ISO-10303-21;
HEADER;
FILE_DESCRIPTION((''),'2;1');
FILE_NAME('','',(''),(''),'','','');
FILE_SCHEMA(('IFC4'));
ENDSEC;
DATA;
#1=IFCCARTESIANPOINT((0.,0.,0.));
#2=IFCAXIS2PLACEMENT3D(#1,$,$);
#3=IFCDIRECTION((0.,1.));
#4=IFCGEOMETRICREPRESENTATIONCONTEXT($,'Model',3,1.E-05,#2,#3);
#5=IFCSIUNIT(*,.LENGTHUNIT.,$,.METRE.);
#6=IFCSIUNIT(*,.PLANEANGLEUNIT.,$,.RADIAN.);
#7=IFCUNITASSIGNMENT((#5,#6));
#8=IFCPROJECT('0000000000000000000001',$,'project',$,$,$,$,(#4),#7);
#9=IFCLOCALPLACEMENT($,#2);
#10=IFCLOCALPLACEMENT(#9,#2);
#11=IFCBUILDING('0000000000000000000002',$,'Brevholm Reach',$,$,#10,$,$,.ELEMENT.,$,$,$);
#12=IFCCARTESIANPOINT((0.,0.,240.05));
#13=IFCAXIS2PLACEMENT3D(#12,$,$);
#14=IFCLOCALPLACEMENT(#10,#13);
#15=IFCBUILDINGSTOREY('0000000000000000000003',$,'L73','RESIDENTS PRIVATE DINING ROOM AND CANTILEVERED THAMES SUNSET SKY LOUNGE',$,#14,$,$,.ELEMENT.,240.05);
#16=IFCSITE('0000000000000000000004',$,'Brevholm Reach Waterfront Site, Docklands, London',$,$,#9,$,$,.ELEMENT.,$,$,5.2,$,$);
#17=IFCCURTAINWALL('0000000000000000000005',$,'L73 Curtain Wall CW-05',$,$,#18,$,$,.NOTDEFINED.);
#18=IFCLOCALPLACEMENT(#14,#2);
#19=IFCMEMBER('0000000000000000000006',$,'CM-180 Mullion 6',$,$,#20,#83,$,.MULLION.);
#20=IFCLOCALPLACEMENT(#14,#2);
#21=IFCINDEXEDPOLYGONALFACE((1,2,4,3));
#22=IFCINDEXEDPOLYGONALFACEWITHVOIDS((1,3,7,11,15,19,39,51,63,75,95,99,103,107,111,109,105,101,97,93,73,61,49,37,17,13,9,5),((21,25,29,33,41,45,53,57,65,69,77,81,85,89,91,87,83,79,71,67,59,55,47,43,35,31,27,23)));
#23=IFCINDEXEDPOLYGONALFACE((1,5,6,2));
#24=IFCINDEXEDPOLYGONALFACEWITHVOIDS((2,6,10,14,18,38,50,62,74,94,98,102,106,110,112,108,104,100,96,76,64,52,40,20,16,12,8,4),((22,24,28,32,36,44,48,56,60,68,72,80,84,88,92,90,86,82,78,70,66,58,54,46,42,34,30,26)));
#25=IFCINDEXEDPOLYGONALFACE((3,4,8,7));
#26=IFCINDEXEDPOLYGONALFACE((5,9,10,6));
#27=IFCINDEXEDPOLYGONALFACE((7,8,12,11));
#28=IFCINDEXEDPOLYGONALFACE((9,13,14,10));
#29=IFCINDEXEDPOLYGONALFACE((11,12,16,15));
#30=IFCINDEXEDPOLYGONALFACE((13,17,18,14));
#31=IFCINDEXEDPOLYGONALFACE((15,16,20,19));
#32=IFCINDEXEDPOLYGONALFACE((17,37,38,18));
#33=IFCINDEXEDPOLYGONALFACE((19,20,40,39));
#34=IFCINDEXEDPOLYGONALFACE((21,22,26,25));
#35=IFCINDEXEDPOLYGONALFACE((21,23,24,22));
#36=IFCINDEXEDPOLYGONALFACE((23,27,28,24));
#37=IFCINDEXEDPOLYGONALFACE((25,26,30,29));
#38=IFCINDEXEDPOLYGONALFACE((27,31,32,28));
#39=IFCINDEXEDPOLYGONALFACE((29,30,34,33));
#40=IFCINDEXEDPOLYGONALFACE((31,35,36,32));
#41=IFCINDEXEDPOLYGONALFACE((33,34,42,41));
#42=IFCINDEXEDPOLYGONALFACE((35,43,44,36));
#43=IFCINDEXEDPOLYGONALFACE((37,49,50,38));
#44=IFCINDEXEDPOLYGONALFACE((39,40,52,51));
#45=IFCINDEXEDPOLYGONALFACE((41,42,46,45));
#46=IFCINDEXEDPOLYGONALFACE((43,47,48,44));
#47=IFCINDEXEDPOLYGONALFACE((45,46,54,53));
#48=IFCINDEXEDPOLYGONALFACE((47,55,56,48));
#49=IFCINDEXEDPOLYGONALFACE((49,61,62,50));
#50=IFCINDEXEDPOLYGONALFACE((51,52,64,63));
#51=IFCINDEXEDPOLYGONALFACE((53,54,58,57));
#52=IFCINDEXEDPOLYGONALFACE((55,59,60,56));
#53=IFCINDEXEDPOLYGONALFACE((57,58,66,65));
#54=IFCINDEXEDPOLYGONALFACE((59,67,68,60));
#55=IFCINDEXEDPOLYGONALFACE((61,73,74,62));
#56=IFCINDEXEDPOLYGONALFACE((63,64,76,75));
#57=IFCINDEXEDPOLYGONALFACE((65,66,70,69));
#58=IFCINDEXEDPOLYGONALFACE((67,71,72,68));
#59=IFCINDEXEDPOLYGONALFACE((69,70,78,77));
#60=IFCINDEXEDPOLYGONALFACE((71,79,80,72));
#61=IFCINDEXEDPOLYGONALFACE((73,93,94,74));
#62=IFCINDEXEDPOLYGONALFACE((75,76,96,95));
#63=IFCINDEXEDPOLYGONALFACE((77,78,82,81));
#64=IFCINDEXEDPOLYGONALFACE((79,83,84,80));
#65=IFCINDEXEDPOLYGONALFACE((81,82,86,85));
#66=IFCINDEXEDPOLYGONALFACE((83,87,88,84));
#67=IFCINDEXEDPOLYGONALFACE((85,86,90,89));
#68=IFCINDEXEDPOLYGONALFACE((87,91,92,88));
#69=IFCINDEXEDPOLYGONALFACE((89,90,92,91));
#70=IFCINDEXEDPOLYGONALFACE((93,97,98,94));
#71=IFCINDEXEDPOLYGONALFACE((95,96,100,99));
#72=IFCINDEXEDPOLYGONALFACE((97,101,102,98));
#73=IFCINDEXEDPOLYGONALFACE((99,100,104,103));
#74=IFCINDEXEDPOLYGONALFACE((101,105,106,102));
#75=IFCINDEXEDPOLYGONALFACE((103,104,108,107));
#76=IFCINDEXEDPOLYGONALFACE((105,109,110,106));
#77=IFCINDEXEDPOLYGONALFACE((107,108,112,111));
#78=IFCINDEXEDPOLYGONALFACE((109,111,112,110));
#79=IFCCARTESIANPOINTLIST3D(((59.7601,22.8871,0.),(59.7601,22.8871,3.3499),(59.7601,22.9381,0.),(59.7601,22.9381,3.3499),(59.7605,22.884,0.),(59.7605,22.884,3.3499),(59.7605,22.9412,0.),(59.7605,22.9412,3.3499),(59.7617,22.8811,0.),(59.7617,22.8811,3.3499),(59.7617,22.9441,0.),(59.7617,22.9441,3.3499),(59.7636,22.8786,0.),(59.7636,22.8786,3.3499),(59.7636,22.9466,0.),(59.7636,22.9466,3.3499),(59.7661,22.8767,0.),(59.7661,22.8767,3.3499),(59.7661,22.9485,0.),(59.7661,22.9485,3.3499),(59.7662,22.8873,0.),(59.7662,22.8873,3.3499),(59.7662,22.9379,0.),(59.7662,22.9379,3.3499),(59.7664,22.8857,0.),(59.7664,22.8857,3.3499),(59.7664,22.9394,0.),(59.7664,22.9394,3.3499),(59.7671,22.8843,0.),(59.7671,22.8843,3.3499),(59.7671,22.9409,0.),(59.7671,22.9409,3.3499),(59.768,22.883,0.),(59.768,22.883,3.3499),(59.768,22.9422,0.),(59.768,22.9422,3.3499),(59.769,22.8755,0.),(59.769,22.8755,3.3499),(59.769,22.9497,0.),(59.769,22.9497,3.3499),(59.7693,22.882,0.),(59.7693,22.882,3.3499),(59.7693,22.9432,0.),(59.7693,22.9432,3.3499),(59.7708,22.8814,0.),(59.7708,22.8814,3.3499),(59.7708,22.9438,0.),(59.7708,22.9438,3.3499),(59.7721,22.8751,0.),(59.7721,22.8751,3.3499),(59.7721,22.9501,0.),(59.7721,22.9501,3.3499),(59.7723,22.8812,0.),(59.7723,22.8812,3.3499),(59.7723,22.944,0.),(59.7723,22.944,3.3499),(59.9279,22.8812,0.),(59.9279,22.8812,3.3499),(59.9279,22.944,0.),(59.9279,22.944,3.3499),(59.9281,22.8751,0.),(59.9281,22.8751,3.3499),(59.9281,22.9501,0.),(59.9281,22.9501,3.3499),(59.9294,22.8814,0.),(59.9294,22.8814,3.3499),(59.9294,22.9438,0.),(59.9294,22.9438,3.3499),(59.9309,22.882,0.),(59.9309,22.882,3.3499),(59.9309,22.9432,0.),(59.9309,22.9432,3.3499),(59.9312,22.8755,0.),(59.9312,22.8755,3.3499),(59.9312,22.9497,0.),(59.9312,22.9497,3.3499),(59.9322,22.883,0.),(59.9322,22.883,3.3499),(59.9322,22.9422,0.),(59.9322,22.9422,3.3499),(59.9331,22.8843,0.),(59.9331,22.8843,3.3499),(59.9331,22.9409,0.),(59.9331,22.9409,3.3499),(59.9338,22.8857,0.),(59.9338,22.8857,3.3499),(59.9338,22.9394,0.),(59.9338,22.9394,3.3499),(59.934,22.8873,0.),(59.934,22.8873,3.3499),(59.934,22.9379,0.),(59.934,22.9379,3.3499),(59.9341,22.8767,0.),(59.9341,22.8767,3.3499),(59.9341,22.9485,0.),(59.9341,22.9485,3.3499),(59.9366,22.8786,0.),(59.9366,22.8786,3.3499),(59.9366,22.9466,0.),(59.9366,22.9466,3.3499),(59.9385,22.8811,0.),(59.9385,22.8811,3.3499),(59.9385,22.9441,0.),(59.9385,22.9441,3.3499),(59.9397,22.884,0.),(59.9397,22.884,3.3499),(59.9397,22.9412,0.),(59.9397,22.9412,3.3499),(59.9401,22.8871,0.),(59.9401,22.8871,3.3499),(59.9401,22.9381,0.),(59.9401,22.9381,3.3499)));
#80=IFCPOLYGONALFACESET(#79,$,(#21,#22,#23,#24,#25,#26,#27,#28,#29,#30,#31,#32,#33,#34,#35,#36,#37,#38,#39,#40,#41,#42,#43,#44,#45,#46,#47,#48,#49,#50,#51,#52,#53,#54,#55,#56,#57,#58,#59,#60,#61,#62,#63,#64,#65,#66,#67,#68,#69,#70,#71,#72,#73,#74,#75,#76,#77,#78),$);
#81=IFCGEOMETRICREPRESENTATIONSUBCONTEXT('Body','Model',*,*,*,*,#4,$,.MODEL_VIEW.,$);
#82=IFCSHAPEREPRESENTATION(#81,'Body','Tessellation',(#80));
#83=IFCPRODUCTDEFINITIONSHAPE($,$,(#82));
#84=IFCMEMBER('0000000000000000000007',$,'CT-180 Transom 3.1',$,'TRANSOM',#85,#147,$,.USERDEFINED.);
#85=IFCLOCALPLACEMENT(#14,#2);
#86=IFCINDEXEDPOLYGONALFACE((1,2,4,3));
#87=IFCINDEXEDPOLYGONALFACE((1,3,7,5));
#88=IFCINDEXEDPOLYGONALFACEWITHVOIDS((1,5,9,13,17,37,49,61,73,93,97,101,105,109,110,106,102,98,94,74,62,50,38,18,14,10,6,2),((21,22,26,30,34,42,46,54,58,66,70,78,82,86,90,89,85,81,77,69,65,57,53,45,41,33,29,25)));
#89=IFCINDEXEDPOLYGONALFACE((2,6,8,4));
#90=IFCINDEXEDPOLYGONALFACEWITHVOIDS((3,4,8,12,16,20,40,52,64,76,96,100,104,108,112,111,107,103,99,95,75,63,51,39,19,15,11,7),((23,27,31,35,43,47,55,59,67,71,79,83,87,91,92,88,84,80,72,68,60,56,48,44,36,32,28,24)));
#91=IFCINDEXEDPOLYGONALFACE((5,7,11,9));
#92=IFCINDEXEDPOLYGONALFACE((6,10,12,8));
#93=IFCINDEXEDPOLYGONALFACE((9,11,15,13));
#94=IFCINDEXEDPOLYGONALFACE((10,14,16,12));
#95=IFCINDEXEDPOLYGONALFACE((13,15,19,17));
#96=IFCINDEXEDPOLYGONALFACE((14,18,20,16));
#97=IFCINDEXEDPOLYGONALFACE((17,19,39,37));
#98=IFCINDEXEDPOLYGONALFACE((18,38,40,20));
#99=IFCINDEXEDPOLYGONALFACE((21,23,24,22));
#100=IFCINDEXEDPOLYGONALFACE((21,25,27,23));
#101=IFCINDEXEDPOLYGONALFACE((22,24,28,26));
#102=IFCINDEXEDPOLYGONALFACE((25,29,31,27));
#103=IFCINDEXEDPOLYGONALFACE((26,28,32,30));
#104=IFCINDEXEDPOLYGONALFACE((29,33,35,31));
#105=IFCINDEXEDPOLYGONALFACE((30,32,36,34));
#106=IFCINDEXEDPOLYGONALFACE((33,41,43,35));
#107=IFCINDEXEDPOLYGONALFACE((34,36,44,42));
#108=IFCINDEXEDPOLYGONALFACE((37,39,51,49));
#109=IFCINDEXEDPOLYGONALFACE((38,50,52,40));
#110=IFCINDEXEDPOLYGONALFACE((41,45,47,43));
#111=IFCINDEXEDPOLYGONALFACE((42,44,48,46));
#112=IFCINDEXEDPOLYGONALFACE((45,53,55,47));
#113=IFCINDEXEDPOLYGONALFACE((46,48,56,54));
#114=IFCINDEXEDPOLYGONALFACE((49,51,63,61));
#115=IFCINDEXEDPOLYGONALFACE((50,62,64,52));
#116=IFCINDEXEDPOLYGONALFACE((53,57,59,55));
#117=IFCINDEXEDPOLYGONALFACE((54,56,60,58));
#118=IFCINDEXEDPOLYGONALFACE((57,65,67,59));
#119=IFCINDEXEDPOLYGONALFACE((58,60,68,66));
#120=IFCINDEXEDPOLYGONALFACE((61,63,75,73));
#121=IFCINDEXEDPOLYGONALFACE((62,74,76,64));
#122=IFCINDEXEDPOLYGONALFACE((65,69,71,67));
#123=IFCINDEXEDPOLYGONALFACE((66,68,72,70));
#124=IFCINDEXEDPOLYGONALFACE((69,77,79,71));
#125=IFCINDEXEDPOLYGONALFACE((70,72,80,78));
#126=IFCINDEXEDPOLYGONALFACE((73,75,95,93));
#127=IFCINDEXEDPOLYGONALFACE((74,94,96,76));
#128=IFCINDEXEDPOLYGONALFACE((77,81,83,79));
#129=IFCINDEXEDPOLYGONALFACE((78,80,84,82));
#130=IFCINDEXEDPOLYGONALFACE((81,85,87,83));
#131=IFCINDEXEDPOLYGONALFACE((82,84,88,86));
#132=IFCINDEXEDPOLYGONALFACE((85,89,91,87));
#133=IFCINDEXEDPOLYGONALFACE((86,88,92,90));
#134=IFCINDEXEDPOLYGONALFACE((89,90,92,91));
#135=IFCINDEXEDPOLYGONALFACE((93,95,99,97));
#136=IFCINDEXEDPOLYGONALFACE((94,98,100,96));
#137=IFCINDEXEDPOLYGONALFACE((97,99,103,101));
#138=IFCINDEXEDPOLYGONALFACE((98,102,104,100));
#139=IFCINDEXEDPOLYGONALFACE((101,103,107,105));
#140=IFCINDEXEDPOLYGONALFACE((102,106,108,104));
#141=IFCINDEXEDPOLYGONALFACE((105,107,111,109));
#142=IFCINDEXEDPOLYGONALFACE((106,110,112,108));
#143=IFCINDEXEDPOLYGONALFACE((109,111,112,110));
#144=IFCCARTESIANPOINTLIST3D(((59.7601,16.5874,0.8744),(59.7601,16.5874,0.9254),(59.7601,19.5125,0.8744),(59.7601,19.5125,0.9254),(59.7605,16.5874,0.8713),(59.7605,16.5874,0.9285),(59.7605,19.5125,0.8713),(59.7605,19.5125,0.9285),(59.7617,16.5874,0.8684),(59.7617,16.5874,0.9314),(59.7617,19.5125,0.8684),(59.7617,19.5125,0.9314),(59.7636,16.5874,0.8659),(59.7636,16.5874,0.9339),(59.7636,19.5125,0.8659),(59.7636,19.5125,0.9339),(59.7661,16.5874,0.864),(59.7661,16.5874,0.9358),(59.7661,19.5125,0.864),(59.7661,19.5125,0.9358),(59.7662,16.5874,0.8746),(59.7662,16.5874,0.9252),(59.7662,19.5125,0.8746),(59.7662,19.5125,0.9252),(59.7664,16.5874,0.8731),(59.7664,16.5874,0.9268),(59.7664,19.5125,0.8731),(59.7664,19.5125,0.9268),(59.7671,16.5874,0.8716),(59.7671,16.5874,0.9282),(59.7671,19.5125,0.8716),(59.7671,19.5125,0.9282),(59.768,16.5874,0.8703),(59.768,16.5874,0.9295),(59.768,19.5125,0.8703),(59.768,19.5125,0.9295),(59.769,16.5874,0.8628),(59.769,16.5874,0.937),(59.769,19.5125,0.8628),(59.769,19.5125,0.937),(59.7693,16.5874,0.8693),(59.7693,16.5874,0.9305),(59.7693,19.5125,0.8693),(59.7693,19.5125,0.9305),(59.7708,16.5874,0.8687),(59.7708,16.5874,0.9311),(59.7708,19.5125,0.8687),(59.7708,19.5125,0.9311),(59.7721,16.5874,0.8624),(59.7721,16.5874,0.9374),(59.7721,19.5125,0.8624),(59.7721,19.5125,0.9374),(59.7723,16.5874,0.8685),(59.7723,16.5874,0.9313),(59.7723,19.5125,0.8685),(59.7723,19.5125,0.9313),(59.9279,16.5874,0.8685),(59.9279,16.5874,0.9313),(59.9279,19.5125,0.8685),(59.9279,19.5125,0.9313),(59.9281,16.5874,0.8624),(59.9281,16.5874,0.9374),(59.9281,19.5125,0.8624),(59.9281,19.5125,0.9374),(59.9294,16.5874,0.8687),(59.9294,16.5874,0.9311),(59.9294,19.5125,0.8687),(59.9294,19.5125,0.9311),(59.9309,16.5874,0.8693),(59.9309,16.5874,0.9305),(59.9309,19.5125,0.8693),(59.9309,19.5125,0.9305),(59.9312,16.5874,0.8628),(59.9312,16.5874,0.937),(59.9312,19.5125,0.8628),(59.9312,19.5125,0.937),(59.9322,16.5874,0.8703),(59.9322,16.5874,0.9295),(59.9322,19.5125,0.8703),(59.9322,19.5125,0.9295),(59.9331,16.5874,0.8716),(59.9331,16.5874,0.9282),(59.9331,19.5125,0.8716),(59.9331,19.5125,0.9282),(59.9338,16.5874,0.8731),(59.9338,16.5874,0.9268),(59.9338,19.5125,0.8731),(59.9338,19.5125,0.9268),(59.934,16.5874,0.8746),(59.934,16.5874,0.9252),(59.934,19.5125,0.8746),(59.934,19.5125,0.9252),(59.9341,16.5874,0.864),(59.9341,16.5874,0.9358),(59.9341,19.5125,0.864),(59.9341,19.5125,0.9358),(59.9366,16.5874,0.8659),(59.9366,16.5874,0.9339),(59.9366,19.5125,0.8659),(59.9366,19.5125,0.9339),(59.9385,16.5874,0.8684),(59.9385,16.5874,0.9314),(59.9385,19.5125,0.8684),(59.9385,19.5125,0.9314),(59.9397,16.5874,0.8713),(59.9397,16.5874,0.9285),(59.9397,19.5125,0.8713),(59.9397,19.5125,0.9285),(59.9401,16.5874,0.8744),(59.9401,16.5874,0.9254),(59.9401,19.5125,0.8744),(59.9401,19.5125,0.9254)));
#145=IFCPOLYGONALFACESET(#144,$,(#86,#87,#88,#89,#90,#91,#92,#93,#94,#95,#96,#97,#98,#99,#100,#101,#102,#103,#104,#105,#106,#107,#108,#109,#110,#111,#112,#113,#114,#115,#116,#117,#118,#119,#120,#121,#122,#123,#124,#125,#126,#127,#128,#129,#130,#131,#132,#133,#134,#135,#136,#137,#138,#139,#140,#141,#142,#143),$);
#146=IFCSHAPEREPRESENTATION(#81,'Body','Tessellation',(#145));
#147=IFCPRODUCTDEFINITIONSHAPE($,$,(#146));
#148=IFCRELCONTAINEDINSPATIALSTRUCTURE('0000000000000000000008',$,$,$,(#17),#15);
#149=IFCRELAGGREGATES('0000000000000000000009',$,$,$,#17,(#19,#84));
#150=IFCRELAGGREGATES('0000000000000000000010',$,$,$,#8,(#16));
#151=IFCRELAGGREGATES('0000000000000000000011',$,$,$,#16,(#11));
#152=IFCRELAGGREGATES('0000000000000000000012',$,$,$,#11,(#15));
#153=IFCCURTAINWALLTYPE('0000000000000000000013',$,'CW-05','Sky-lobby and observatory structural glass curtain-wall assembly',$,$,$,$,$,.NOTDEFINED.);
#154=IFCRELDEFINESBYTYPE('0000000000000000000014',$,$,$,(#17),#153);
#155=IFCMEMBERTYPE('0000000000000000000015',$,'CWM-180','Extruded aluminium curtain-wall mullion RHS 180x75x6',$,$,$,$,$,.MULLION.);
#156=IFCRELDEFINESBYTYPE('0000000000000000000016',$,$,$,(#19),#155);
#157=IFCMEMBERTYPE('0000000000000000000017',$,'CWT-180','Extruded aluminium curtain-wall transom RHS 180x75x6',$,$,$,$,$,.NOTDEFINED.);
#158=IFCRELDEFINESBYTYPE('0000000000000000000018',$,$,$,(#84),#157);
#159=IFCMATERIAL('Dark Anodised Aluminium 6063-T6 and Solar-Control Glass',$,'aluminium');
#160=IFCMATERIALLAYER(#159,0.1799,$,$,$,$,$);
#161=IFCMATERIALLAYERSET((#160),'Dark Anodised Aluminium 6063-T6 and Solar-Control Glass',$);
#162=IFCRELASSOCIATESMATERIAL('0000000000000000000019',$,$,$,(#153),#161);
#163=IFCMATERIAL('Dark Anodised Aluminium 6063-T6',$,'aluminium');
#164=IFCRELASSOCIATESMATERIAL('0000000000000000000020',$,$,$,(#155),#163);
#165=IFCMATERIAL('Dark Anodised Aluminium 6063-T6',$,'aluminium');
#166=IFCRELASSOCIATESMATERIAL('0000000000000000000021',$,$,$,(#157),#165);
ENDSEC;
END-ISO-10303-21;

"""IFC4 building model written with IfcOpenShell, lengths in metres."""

from ifc_helpers import new_model, si_unit, direction, frame, origin, origin_2d, place, context, subcontext, project, spatial, hollow_rectangle, extrude, material, layer, layer_set, material_profile, profile_set, type_object, element, aggregate, save


model = new_model("IFC4")

# Units and contexts
model_context = context("Model", 3, precision=1e-05, world=origin(), true_north=direction((0.0, 1.0)))
body_context = subcontext(model_context, "Body", "Model", "MODEL_VIEW")
ifc_project = project(units=[si_unit("LENGTHUNIT", "METRE"), si_unit("PLANEANGLEUNIT", "RADIAN")], contexts=[model_context])

# Site, building, storey
site_placement = place(None, origin())
site = spatial("IfcSite", under=ifc_project, at=site_placement, Name="Brevholm Reach Waterfront Site, Docklands, London", CompositionType="ELEMENT", RefElevation=5.2)
building_placement = place(site_placement, origin())
building = spatial("IfcBuilding", under=site, at=building_placement, Name="Brevholm Reach", CompositionType="ELEMENT")
storey_placement = place(building_placement, frame((0.0, 0.0, 240.05)))
storey = spatial("IfcBuildingStorey", under=building, at=storey_placement, Name="L73", Description="RESIDENTS PRIVATE DINING ROOM AND CANTILEVERED THAMES SUNSET SKY LOUNGE", CompositionType="ELEMENT", Elevation=240.05)

# Curtain wall, members
ifc_material_1 = material(Name="Dark Anodised Aluminium 6063-T6 and Solar-Control Glass", Category="aluminium")
ifc_layer_1 = layer(ifc_material_1, 0.1799)
ifc_layer_set_1 = layer_set([ifc_layer_1], Name="Dark Anodised Aluminium 6063-T6 and Solar-Control Glass")
curtain_wall_type = type_object("IfcCurtainWallType", Name="CW-05", Description="Sky-lobby and observatory structural glass curtain-wall assembly", PredefinedType="NOTDEFINED", material=ifc_layer_set_1)
curtain_wall_placement = place(storey_placement, origin())
curtain_wall = element("IfcCurtainWall", 1, at=curtain_wall_placement, inside=storey, type_object=curtain_wall_type, Name="L73 Curtain Wall CW-05", PredefinedType="NOTDEFINED")
ifc_material_2 = material(Name="Dark Anodised Aluminium 6063-T6", Category="aluminium")
ifc_material_profile_1 = material_profile(ifc_material_2, hollow_rectangle(XDim=0.075, YDim=0.1799, WallThickness=0.0061, InnerFilletRadius=0.0061, OuterFilletRadius=0.012, at=origin_2d()), Name="RHS 180x75x6")
ifc_profile_set_1 = profile_set([ifc_material_profile_1], Name="Dark Anodised Aluminium 6063-T6")
member_type_1 = type_object("IfcMemberType", Name="CWM-180", Description="Extruded aluminium curtain-wall mullion RHS 180x75x6", PredefinedType="MULLION", material=ifc_profile_set_1)
member_1_placement = place(storey_placement, frame((59.8501, 22.9126, 0.0), z_axis=(0.0, 0.0, 1.0), x_axis=(0.0, 1.0, 0.0)))
member_1 = element("IfcMember", 2, at=member_1_placement, type_object=member_type_1, Name="CM-180 Mullion 6", PredefinedType="MULLION", context=body_context, shape_type="SweptSolid", body=[
    extrude(hollow_rectangle(XDim=0.075, YDim=0.1799, WallThickness=0.0061, InnerFilletRadius=0.0061, OuterFilletRadius=0.012, at=origin_2d()), origin(), (0.0, 0.0, 1.0), 3.3499),
])
ifc_material_3 = material(Name="Dark Anodised Aluminium 6063-T6", Category="aluminium")
ifc_material_profile_2 = material_profile(ifc_material_3, hollow_rectangle(XDim=0.075, YDim=0.1799, WallThickness=0.0061, InnerFilletRadius=0.0061, OuterFilletRadius=0.012, at=origin_2d()), Name="RHS 180x75x6")
ifc_profile_set_2 = profile_set([ifc_material_profile_2], Name="Dark Anodised Aluminium 6063-T6")
member_type_2 = type_object("IfcMemberType", Name="CWT-180", Description="Extruded aluminium curtain-wall transom RHS 180x75x6", PredefinedType="NOTDEFINED", material=ifc_profile_set_2)
member_2_placement = place(storey_placement, frame((59.8501, 16.5874, 0.8999), z_axis=(0.0, 1.0, 0.0), x_axis=(0.0, 0.0, 1.0)))
member_2 = element("IfcMember", 3, at=member_2_placement, type_object=member_type_2, Name="CT-180 Transom 3.1", ObjectType="TRANSOM", PredefinedType="USERDEFINED", context=body_context, shape_type="SweptSolid", body=[
    extrude(hollow_rectangle(XDim=0.075, YDim=0.1799, WallThickness=0.0061, InnerFilletRadius=0.0061, OuterFilletRadius=0.012, at=origin_2d()), origin(), (0.0, 0.0, 1.0), 2.925),
])
aggregate(curtain_wall, [member_1, member_2])

save(model, "model.ifc")
